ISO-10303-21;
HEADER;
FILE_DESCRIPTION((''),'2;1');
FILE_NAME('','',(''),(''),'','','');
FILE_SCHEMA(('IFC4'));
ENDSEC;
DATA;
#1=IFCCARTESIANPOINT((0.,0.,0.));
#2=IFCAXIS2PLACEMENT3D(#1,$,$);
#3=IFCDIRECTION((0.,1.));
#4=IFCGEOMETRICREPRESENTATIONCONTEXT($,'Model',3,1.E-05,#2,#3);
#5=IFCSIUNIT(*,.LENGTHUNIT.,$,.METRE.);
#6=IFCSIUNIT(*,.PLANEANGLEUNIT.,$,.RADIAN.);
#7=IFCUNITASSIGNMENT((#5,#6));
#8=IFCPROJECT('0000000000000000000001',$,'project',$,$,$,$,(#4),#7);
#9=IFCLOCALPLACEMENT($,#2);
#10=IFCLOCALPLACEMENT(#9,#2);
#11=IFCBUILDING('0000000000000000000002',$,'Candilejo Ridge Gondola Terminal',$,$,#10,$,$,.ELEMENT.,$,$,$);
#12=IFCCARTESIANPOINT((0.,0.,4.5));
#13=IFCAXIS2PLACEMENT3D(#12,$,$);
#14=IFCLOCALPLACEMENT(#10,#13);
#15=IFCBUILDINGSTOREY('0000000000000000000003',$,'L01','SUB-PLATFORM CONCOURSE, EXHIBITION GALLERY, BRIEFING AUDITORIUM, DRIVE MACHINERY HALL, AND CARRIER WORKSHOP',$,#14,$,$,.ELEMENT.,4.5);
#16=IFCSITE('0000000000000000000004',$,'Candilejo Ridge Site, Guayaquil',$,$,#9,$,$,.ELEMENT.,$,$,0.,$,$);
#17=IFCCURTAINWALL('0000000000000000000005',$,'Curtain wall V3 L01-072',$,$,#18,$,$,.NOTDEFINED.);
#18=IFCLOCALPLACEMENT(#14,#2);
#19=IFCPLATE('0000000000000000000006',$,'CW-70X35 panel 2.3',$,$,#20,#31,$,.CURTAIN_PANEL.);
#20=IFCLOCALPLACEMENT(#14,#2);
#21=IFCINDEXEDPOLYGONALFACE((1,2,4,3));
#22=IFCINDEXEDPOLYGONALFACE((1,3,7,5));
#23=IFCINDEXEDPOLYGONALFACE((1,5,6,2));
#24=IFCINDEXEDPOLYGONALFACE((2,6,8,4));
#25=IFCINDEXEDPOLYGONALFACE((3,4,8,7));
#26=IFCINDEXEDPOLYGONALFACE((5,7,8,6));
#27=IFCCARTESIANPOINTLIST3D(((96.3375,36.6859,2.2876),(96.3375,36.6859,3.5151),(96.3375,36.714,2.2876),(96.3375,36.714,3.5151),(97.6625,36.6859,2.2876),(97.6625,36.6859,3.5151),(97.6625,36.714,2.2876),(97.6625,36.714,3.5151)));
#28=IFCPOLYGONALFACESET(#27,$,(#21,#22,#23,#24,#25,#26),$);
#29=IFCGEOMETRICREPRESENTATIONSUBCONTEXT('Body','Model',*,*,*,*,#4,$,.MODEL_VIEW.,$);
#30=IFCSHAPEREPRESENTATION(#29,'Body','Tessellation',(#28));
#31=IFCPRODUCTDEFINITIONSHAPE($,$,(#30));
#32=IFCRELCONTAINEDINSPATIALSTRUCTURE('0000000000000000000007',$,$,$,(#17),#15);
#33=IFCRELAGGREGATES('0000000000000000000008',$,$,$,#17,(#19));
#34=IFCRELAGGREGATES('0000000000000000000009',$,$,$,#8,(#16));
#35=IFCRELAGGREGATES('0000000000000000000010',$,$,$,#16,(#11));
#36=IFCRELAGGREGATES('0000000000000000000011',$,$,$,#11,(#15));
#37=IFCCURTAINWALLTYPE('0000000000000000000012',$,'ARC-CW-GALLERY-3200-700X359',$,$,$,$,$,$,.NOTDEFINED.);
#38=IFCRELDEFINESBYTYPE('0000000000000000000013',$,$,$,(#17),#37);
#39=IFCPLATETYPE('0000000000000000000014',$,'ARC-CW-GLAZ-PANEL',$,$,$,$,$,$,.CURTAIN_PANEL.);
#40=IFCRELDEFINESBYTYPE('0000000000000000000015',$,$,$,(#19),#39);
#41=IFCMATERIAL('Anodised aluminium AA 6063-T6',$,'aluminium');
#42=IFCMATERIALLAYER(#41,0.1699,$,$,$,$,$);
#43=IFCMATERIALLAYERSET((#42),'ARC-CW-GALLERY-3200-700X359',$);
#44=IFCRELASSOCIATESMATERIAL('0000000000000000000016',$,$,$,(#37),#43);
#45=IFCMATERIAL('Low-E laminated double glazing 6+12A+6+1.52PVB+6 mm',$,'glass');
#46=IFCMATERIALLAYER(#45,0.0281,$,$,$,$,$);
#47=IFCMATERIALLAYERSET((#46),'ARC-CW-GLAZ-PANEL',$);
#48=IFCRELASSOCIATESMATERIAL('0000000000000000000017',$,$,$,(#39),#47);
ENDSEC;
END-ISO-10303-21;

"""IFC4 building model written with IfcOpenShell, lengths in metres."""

from ifc_helpers import new_model, si_unit, direction, frame, origin, origin_2d, place, context, subcontext, project, spatial, rectangle, extrude, material, layer, layer_set, type_object, element, aggregate, save


model = new_model("IFC4")

# Units and contexts
model_context = context("Model", 3, precision=1e-05, world=origin(), true_north=direction((0.0, 1.0)))
body_context = subcontext(model_context, "Body", "Model", "MODEL_VIEW")
ifc_project = project(units=[si_unit("LENGTHUNIT", "METRE"), si_unit("PLANEANGLEUNIT", "RADIAN")], contexts=[model_context])

# Site, building, storey
site_placement = place(None, origin())
site = spatial("IfcSite", under=ifc_project, at=site_placement, Name="Candilejo Ridge Site, Guayaquil", CompositionType="ELEMENT", RefElevation=0.0)
building_placement = place(site_placement, origin())
building = spatial("IfcBuilding", under=site, at=building_placement, Name="Candilejo Ridge Gondola Terminal", CompositionType="ELEMENT")
storey_placement = place(building_placement, frame((0.0, 0.0, 4.5)))
storey = spatial("IfcBuildingStorey", under=building, at=storey_placement, Name="L01", Description="SUB-PLATFORM CONCOURSE, EXHIBITION GALLERY, BRIEFING AUDITORIUM, DRIVE MACHINERY HALL, AND CARRIER WORKSHOP", CompositionType="ELEMENT", Elevation=4.5)

# Shared definitions
ifc_material_1 = material(Name="Anodised aluminium AA 6063-T6", Category="aluminium")
ifc_layer_1 = layer(ifc_material_1, 0.1699)
ifc_layer_set_1 = layer_set([ifc_layer_1], Name="ARC-CW-GALLERY-3200-700X359")
curtain_wall_type = type_object("IfcCurtainWallType", Name="ARC-CW-GALLERY-3200-700X359", PredefinedType="NOTDEFINED", material=ifc_layer_set_1)

# Curtain wall
curtain_wall_1_placement = place(storey_placement, origin())
curtain_wall_1 = element("IfcCurtainWall", 1, at=curtain_wall_1_placement, inside=storey, type_object=curtain_wall_type, Name="Curtain wall V3 L01-072", PredefinedType="NOTDEFINED")

# Plate
ifc_material_2 = material(Name="Low-E laminated double glazing 6+12A+6+1.52PVB+6 mm", Category="glass")
ifc_layer_2 = layer(ifc_material_2, 0.0281)
ifc_layer_set_2 = layer_set([ifc_layer_2], Name="ARC-CW-GLAZ-PANEL")
plate_type = type_object("IfcPlateType", Name="ARC-CW-GLAZ-PANEL", PredefinedType="CURTAIN_PANEL", material=ifc_layer_set_2)
plate_1_placement = place(storey_placement, frame((97.0, 36.7, 2.2876), z_axis=(0.0, 0.0, 1.0), x_axis=(1.0, 0.0, 0.0)))
plate_1 = element("IfcPlate", 2, at=plate_1_placement, type_object=plate_type, Name="CW-70X35 panel 2.3", PredefinedType="CURTAIN_PANEL", context=body_context, shape_type="SweptSolid", body=[
    extrude(rectangle(XDim=1.325, YDim=0.0281, at=origin_2d()), origin(), (0.0, 0.0, 1.0), 1.2275),
])
aggregate(curtain_wall_1, [plate_1])

save(model, "model.ifc")
